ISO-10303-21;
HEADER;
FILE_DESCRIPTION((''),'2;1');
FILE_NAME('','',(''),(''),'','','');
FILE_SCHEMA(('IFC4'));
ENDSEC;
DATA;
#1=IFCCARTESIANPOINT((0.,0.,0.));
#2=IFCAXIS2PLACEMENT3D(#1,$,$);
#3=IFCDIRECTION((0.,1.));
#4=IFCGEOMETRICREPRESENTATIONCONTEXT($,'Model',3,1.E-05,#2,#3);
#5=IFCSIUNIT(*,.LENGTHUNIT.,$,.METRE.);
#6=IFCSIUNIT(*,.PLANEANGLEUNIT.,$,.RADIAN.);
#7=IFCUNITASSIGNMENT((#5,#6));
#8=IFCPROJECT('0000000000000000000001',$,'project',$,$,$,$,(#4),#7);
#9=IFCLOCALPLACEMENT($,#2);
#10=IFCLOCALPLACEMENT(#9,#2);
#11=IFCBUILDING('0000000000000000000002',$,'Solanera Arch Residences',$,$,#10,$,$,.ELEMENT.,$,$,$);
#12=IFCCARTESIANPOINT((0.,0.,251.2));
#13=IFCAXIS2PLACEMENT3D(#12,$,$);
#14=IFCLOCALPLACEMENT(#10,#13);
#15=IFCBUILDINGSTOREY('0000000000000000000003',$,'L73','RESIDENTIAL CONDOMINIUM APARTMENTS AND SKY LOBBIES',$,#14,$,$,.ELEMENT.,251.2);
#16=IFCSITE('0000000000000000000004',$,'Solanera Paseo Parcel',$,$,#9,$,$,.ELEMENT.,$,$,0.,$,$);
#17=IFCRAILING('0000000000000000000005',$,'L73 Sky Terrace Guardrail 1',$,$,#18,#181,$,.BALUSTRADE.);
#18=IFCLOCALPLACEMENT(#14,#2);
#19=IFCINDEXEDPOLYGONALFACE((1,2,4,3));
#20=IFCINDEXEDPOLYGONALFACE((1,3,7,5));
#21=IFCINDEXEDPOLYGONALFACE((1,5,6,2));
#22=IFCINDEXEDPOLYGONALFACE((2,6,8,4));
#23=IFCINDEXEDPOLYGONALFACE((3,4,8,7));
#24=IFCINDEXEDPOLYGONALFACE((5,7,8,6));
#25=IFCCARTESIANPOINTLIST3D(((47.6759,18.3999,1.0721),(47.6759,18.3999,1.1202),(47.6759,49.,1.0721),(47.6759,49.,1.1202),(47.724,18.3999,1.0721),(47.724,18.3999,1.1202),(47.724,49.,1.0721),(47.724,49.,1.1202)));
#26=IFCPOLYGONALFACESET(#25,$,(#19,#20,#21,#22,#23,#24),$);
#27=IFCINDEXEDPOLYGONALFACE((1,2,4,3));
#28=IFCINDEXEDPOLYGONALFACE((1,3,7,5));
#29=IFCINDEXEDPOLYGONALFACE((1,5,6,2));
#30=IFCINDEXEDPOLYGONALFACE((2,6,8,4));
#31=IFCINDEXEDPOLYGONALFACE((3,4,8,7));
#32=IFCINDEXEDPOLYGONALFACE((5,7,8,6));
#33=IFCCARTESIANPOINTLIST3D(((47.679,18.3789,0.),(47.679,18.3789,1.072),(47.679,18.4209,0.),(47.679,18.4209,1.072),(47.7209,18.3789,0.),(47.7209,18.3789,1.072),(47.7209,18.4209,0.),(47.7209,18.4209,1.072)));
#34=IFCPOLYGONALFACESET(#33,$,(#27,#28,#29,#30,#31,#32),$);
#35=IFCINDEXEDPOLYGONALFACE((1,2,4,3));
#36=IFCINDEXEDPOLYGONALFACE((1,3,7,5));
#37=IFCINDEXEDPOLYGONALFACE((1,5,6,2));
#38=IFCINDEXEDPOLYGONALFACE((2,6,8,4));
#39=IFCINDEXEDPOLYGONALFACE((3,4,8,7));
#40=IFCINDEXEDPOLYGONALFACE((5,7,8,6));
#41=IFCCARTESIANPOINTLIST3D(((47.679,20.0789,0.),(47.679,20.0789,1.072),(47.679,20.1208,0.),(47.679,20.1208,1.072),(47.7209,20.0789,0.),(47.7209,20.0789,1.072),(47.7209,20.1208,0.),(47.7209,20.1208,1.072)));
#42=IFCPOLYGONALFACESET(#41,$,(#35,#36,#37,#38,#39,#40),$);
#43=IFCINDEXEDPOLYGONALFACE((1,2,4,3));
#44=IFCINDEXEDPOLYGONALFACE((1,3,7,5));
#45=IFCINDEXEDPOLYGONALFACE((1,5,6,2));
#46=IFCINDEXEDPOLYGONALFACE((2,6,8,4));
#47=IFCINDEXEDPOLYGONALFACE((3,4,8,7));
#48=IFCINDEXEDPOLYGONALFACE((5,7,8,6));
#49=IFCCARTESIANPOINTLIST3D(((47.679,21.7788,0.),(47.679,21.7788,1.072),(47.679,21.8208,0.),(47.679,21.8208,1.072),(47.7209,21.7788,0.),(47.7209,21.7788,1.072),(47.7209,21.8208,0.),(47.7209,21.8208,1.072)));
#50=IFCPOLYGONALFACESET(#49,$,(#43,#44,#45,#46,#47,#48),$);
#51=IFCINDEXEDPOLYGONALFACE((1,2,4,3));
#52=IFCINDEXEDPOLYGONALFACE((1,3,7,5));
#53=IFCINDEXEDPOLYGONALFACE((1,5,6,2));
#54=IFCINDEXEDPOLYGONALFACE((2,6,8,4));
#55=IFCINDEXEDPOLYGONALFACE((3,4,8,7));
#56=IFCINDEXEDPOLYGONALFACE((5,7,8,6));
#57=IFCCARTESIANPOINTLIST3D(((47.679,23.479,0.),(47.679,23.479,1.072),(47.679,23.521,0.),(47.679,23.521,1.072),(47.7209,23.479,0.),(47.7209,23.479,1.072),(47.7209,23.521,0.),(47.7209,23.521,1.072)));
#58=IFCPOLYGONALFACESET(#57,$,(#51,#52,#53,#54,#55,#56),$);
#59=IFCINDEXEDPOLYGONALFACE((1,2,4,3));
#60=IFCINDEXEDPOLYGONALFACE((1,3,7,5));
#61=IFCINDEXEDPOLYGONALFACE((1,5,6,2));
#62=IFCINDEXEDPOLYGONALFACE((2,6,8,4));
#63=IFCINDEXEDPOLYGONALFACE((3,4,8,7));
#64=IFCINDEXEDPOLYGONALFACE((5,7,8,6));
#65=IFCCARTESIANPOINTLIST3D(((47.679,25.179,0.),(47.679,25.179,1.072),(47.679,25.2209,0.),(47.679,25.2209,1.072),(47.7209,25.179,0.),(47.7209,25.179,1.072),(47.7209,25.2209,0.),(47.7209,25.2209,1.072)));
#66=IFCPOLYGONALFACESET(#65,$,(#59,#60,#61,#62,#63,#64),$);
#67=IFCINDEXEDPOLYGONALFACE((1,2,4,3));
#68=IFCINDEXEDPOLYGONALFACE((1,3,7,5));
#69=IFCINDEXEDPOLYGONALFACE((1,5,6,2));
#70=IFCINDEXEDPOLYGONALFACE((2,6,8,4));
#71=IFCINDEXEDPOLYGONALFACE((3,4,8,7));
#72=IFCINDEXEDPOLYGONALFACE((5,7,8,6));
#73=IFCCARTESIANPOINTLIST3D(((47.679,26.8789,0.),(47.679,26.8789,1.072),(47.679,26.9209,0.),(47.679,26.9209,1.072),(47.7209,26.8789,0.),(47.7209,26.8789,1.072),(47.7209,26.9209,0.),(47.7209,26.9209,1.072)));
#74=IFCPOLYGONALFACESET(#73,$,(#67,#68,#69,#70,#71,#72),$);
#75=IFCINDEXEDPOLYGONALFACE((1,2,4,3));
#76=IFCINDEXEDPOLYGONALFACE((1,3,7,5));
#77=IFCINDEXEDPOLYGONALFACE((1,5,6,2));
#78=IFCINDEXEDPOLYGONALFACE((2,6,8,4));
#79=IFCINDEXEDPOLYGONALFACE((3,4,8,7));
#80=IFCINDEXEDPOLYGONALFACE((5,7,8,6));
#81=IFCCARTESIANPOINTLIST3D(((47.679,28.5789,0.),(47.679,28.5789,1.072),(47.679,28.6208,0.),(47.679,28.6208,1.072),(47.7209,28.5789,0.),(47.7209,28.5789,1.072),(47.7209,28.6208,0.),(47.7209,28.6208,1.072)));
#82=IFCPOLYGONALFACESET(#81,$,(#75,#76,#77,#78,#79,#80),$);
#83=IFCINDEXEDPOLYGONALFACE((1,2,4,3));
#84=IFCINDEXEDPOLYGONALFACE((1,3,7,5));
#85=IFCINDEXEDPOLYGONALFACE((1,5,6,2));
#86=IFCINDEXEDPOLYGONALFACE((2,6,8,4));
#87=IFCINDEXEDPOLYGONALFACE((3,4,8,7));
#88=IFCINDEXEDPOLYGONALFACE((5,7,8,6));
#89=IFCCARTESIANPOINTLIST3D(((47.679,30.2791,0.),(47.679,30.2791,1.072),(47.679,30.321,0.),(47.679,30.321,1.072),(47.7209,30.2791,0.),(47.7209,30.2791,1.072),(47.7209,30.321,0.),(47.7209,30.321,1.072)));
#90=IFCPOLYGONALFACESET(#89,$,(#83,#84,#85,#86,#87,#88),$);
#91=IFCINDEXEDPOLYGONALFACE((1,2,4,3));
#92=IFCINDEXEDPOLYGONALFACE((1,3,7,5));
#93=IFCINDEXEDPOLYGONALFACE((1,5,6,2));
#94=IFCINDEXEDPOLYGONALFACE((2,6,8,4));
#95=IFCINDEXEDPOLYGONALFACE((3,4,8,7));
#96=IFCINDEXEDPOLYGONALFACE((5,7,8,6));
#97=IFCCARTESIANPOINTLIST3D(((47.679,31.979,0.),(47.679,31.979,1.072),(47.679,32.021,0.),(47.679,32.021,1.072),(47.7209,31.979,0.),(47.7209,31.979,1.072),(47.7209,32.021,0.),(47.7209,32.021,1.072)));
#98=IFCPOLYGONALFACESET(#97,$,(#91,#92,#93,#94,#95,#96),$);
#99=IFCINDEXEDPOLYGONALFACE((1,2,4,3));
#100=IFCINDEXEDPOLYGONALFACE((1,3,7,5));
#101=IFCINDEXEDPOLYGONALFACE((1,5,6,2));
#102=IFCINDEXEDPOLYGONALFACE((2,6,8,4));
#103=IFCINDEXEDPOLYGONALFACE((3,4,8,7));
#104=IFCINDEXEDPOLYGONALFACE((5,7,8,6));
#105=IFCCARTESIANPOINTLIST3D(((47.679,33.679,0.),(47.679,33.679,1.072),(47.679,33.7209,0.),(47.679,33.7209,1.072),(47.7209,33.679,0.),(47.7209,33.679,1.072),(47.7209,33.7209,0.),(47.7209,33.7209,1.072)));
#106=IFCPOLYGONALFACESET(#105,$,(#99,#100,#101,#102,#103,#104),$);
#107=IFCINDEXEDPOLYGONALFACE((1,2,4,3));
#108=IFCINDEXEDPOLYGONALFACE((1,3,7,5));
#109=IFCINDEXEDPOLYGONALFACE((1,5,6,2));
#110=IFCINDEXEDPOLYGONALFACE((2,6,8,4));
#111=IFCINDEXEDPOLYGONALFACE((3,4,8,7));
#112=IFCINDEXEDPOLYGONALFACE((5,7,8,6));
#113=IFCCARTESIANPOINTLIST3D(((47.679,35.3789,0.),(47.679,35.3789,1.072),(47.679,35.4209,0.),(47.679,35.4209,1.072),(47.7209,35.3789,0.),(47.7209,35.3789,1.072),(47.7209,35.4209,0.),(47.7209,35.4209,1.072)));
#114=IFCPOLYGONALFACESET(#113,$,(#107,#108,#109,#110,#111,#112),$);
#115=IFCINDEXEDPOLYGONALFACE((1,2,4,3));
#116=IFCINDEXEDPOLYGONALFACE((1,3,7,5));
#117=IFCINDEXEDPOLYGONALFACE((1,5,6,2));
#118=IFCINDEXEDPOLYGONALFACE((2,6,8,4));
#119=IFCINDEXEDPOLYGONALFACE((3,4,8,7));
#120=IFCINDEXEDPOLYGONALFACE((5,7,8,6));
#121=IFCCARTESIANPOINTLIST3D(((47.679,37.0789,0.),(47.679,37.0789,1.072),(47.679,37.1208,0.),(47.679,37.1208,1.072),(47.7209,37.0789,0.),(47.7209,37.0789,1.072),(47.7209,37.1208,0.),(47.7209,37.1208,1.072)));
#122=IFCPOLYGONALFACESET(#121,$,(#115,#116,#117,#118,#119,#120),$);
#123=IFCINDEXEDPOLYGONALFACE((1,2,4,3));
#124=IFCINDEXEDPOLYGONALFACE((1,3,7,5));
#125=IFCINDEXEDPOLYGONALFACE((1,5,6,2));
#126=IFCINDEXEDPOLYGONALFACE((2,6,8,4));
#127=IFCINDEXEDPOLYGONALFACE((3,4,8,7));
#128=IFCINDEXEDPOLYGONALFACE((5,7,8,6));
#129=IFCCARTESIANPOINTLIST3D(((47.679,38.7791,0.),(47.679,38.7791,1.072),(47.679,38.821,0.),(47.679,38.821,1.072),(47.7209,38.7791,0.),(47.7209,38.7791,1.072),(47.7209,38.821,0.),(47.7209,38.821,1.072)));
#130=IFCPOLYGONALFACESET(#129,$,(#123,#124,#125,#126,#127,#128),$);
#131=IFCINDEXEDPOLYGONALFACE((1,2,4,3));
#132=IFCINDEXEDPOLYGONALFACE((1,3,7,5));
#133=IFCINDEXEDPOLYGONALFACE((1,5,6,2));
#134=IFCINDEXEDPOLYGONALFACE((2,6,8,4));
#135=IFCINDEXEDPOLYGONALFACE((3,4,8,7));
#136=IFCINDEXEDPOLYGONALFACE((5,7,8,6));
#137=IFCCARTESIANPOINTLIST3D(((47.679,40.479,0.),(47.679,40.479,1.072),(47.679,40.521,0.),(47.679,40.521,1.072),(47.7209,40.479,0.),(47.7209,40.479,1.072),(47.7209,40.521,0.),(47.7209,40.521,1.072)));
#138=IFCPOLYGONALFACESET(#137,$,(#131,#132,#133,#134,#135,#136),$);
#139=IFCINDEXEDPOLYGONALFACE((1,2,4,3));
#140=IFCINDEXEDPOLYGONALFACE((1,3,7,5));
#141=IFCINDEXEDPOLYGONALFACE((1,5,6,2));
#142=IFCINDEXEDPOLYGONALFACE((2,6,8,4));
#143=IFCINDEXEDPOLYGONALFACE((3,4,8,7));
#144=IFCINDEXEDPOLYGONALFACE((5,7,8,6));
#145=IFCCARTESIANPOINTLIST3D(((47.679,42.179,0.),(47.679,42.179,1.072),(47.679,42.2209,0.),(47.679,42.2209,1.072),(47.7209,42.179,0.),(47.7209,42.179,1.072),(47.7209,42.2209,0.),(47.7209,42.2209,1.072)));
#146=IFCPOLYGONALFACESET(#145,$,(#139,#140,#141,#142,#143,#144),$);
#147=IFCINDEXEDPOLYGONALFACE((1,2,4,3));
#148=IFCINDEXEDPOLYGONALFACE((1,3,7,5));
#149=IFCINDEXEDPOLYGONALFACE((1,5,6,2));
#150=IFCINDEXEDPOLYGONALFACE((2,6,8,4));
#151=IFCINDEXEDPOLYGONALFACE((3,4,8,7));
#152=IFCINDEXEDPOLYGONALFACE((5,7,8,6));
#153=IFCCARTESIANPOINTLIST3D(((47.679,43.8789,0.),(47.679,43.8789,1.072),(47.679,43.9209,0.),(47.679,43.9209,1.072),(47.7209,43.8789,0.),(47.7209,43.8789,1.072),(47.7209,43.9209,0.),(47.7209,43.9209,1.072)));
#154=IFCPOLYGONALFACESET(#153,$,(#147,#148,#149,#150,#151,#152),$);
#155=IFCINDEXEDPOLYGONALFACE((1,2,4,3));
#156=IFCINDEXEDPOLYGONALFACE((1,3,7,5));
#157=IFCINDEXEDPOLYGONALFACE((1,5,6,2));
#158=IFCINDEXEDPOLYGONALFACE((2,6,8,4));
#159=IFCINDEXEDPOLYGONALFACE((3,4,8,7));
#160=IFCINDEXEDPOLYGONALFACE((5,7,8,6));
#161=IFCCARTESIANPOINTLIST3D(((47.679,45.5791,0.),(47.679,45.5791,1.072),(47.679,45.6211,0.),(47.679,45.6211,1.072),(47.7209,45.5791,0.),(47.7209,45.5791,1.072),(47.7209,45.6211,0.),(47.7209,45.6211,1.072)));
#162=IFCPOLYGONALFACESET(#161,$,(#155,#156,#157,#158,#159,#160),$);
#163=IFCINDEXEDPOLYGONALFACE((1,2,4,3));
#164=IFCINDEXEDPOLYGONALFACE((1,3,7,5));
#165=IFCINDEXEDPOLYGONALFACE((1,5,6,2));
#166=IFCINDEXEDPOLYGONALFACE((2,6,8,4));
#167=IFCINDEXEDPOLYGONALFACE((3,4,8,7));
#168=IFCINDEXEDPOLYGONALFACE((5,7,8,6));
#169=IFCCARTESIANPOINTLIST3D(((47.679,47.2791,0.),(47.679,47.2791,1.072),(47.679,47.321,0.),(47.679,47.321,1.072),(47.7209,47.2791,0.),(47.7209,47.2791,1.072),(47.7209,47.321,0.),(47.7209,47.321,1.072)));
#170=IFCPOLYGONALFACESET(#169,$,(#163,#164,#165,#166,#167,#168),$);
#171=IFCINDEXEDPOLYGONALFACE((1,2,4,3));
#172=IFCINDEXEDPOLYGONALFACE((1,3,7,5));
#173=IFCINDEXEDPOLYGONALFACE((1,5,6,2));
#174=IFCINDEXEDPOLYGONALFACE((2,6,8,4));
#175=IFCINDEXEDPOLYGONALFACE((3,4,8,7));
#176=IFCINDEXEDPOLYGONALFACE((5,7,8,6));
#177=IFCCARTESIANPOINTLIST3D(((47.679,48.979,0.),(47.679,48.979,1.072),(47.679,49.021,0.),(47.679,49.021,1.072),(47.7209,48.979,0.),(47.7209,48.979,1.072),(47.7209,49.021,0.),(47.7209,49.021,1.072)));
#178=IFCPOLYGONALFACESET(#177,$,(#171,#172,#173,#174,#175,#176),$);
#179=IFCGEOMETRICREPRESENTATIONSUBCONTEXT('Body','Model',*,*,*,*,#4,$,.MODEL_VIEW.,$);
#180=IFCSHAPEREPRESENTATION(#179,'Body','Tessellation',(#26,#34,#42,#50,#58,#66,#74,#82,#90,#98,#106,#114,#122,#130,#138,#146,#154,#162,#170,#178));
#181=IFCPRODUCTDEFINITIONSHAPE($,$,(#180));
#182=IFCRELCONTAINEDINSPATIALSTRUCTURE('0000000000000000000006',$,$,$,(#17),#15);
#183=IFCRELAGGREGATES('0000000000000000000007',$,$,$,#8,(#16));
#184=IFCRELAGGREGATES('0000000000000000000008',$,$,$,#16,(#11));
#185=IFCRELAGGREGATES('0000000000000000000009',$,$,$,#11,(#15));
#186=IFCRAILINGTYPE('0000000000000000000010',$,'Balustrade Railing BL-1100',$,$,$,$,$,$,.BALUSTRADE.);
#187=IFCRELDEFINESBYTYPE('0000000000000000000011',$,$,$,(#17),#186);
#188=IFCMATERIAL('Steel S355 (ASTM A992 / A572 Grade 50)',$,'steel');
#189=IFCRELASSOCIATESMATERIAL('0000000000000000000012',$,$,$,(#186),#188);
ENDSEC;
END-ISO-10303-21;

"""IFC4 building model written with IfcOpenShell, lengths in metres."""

from ifc_helpers import new_model, si_unit, direction, frame, origin, origin_2d, place, context, subcontext, project, spatial, rectangle, extrude, material, type_object, element, save


model = new_model("IFC4")

# Units and contexts
model_context = context("Model", 3, precision=1e-05, world=origin(), true_north=direction((0.0, 1.0)))
body_context = subcontext(model_context, "Body", "Model", "MODEL_VIEW")
ifc_project = project(units=[si_unit("LENGTHUNIT", "METRE"), si_unit("PLANEANGLEUNIT", "RADIAN")], contexts=[model_context])

# Site, building, storey
site_placement = place(None, origin())
site = spatial("IfcSite", under=ifc_project, at=site_placement, Name="Solanera Paseo Parcel", CompositionType="ELEMENT", RefElevation=0.0)
building_placement = place(site_placement, origin())
building = spatial("IfcBuilding", under=site, at=building_placement, Name="Solanera Arch Residences", CompositionType="ELEMENT")
storey_placement = place(building_placement, frame((0.0, 0.0, 251.2)))
storey = spatial("IfcBuildingStorey", under=building, at=storey_placement, Name="L73", Description="RESIDENTIAL CONDOMINIUM APARTMENTS AND SKY LOBBIES", CompositionType="ELEMENT", Elevation=251.2)

# Railing
ifc_material_1 = material(Name="Steel S355 (ASTM A992 / A572 Grade 50)", Category="steel")
railing_type = type_object("IfcRailingType", Name="Balustrade Railing BL-1100", PredefinedType="BALUSTRADE", material=ifc_material_1)
railing_1_placement = place(storey_placement, frame((47.7, 18.3999, 0.0)))
element("IfcRailing", 1, at=railing_1_placement, inside=storey, type_object=railing_type, Name="L73 Sky Terrace Guardrail 1", PredefinedType="BALUSTRADE", context=body_context, shape_type="SweptSolid", body=[
    extrude(rectangle(XDim=0.0481, YDim=0.0481, at=origin_2d()), frame((0.0, 0.0, 1.0962), z_axis=(0.0, 1.0, 0.0), x_axis=(-1.0, 0.0, 0.0)), (0.0, 0.0, 1.0), 30.6001),
    extrude(rectangle(XDim=0.042, YDim=0.042, at=origin_2d()), origin(), (0.0, 0.0, 1.0), 1.072),
    extrude(rectangle(XDim=0.042, YDim=0.042, at=origin_2d()), frame((0.0, 1.7, 0.0)), (0.0, 0.0, 1.0), 1.072),
    extrude(rectangle(XDim=0.042, YDim=0.042, at=origin_2d()), frame((0.0, 3.3999, 0.0)), (0.0, 0.0, 1.0), 1.072),
    extrude(rectangle(XDim=0.042, YDim=0.042, at=origin_2d()), frame((0.0, 5.1001, 0.0)), (0.0, 0.0, 1.0), 1.072),
    extrude(rectangle(XDim=0.042, YDim=0.042, at=origin_2d()), frame((0.0, 6.8, 0.0)), (0.0, 0.0, 1.0), 1.072),
    extrude(rectangle(XDim=0.042, YDim=0.042, at=origin_2d()), frame((0.0, 8.5, 0.0)), (0.0, 0.0, 1.0), 1.072),
    extrude(rectangle(XDim=0.042, YDim=0.042, at=origin_2d()), frame((0.0, 10.2, 0.0)), (0.0, 0.0, 1.0), 1.072),
    extrude(rectangle(XDim=0.042, YDim=0.042, at=origin_2d()), frame((0.0, 11.9001, 0.0)), (0.0, 0.0, 1.0), 1.072),
    extrude(rectangle(XDim=0.042, YDim=0.042, at=origin_2d()), frame((0.0, 13.6001, 0.0)), (0.0, 0.0, 1.0), 1.072),
    extrude(rectangle(XDim=0.042, YDim=0.042, at=origin_2d()), frame((0.0, 15.3, 0.0)), (0.0, 0.0, 1.0), 1.072),
    extrude(rectangle(XDim=0.042, YDim=0.042, at=origin_2d()), frame((0.0, 17.0, 0.0)), (0.0, 0.0, 1.0), 1.072),
    extrude(rectangle(XDim=0.042, YDim=0.042, at=origin_2d()), frame((0.0, 18.7, 0.0)), (0.0, 0.0, 1.0), 1.072),
    extrude(rectangle(XDim=0.042, YDim=0.042, at=origin_2d()), frame((0.0, 20.4001, 0.0)), (0.0, 0.0, 1.0), 1.072),
    extrude(rectangle(XDim=0.042, YDim=0.042, at=origin_2d()), frame((0.0, 22.1001, 0.0)), (0.0, 0.0, 1.0), 1.072),
    extrude(rectangle(XDim=0.042, YDim=0.042, at=origin_2d()), frame((0.0, 23.8, 0.0)), (0.0, 0.0, 1.0), 1.072),
    extrude(rectangle(XDim=0.042, YDim=0.042, at=origin_2d()), frame((0.0, 25.5, 0.0)), (0.0, 0.0, 1.0), 1.072),
    extrude(rectangle(XDim=0.042, YDim=0.042, at=origin_2d()), frame((0.0, 27.2002, 0.0)), (0.0, 0.0, 1.0), 1.072),
    extrude(rectangle(XDim=0.042, YDim=0.042, at=origin_2d()), frame((0.0, 28.9001, 0.0)), (0.0, 0.0, 1.0), 1.072),
    extrude(rectangle(XDim=0.042, YDim=0.042, at=origin_2d()), frame((0.0, 30.6001, 0.0)), (0.0, 0.0, 1.0), 1.072),
])

save(model, "model.ifc")
